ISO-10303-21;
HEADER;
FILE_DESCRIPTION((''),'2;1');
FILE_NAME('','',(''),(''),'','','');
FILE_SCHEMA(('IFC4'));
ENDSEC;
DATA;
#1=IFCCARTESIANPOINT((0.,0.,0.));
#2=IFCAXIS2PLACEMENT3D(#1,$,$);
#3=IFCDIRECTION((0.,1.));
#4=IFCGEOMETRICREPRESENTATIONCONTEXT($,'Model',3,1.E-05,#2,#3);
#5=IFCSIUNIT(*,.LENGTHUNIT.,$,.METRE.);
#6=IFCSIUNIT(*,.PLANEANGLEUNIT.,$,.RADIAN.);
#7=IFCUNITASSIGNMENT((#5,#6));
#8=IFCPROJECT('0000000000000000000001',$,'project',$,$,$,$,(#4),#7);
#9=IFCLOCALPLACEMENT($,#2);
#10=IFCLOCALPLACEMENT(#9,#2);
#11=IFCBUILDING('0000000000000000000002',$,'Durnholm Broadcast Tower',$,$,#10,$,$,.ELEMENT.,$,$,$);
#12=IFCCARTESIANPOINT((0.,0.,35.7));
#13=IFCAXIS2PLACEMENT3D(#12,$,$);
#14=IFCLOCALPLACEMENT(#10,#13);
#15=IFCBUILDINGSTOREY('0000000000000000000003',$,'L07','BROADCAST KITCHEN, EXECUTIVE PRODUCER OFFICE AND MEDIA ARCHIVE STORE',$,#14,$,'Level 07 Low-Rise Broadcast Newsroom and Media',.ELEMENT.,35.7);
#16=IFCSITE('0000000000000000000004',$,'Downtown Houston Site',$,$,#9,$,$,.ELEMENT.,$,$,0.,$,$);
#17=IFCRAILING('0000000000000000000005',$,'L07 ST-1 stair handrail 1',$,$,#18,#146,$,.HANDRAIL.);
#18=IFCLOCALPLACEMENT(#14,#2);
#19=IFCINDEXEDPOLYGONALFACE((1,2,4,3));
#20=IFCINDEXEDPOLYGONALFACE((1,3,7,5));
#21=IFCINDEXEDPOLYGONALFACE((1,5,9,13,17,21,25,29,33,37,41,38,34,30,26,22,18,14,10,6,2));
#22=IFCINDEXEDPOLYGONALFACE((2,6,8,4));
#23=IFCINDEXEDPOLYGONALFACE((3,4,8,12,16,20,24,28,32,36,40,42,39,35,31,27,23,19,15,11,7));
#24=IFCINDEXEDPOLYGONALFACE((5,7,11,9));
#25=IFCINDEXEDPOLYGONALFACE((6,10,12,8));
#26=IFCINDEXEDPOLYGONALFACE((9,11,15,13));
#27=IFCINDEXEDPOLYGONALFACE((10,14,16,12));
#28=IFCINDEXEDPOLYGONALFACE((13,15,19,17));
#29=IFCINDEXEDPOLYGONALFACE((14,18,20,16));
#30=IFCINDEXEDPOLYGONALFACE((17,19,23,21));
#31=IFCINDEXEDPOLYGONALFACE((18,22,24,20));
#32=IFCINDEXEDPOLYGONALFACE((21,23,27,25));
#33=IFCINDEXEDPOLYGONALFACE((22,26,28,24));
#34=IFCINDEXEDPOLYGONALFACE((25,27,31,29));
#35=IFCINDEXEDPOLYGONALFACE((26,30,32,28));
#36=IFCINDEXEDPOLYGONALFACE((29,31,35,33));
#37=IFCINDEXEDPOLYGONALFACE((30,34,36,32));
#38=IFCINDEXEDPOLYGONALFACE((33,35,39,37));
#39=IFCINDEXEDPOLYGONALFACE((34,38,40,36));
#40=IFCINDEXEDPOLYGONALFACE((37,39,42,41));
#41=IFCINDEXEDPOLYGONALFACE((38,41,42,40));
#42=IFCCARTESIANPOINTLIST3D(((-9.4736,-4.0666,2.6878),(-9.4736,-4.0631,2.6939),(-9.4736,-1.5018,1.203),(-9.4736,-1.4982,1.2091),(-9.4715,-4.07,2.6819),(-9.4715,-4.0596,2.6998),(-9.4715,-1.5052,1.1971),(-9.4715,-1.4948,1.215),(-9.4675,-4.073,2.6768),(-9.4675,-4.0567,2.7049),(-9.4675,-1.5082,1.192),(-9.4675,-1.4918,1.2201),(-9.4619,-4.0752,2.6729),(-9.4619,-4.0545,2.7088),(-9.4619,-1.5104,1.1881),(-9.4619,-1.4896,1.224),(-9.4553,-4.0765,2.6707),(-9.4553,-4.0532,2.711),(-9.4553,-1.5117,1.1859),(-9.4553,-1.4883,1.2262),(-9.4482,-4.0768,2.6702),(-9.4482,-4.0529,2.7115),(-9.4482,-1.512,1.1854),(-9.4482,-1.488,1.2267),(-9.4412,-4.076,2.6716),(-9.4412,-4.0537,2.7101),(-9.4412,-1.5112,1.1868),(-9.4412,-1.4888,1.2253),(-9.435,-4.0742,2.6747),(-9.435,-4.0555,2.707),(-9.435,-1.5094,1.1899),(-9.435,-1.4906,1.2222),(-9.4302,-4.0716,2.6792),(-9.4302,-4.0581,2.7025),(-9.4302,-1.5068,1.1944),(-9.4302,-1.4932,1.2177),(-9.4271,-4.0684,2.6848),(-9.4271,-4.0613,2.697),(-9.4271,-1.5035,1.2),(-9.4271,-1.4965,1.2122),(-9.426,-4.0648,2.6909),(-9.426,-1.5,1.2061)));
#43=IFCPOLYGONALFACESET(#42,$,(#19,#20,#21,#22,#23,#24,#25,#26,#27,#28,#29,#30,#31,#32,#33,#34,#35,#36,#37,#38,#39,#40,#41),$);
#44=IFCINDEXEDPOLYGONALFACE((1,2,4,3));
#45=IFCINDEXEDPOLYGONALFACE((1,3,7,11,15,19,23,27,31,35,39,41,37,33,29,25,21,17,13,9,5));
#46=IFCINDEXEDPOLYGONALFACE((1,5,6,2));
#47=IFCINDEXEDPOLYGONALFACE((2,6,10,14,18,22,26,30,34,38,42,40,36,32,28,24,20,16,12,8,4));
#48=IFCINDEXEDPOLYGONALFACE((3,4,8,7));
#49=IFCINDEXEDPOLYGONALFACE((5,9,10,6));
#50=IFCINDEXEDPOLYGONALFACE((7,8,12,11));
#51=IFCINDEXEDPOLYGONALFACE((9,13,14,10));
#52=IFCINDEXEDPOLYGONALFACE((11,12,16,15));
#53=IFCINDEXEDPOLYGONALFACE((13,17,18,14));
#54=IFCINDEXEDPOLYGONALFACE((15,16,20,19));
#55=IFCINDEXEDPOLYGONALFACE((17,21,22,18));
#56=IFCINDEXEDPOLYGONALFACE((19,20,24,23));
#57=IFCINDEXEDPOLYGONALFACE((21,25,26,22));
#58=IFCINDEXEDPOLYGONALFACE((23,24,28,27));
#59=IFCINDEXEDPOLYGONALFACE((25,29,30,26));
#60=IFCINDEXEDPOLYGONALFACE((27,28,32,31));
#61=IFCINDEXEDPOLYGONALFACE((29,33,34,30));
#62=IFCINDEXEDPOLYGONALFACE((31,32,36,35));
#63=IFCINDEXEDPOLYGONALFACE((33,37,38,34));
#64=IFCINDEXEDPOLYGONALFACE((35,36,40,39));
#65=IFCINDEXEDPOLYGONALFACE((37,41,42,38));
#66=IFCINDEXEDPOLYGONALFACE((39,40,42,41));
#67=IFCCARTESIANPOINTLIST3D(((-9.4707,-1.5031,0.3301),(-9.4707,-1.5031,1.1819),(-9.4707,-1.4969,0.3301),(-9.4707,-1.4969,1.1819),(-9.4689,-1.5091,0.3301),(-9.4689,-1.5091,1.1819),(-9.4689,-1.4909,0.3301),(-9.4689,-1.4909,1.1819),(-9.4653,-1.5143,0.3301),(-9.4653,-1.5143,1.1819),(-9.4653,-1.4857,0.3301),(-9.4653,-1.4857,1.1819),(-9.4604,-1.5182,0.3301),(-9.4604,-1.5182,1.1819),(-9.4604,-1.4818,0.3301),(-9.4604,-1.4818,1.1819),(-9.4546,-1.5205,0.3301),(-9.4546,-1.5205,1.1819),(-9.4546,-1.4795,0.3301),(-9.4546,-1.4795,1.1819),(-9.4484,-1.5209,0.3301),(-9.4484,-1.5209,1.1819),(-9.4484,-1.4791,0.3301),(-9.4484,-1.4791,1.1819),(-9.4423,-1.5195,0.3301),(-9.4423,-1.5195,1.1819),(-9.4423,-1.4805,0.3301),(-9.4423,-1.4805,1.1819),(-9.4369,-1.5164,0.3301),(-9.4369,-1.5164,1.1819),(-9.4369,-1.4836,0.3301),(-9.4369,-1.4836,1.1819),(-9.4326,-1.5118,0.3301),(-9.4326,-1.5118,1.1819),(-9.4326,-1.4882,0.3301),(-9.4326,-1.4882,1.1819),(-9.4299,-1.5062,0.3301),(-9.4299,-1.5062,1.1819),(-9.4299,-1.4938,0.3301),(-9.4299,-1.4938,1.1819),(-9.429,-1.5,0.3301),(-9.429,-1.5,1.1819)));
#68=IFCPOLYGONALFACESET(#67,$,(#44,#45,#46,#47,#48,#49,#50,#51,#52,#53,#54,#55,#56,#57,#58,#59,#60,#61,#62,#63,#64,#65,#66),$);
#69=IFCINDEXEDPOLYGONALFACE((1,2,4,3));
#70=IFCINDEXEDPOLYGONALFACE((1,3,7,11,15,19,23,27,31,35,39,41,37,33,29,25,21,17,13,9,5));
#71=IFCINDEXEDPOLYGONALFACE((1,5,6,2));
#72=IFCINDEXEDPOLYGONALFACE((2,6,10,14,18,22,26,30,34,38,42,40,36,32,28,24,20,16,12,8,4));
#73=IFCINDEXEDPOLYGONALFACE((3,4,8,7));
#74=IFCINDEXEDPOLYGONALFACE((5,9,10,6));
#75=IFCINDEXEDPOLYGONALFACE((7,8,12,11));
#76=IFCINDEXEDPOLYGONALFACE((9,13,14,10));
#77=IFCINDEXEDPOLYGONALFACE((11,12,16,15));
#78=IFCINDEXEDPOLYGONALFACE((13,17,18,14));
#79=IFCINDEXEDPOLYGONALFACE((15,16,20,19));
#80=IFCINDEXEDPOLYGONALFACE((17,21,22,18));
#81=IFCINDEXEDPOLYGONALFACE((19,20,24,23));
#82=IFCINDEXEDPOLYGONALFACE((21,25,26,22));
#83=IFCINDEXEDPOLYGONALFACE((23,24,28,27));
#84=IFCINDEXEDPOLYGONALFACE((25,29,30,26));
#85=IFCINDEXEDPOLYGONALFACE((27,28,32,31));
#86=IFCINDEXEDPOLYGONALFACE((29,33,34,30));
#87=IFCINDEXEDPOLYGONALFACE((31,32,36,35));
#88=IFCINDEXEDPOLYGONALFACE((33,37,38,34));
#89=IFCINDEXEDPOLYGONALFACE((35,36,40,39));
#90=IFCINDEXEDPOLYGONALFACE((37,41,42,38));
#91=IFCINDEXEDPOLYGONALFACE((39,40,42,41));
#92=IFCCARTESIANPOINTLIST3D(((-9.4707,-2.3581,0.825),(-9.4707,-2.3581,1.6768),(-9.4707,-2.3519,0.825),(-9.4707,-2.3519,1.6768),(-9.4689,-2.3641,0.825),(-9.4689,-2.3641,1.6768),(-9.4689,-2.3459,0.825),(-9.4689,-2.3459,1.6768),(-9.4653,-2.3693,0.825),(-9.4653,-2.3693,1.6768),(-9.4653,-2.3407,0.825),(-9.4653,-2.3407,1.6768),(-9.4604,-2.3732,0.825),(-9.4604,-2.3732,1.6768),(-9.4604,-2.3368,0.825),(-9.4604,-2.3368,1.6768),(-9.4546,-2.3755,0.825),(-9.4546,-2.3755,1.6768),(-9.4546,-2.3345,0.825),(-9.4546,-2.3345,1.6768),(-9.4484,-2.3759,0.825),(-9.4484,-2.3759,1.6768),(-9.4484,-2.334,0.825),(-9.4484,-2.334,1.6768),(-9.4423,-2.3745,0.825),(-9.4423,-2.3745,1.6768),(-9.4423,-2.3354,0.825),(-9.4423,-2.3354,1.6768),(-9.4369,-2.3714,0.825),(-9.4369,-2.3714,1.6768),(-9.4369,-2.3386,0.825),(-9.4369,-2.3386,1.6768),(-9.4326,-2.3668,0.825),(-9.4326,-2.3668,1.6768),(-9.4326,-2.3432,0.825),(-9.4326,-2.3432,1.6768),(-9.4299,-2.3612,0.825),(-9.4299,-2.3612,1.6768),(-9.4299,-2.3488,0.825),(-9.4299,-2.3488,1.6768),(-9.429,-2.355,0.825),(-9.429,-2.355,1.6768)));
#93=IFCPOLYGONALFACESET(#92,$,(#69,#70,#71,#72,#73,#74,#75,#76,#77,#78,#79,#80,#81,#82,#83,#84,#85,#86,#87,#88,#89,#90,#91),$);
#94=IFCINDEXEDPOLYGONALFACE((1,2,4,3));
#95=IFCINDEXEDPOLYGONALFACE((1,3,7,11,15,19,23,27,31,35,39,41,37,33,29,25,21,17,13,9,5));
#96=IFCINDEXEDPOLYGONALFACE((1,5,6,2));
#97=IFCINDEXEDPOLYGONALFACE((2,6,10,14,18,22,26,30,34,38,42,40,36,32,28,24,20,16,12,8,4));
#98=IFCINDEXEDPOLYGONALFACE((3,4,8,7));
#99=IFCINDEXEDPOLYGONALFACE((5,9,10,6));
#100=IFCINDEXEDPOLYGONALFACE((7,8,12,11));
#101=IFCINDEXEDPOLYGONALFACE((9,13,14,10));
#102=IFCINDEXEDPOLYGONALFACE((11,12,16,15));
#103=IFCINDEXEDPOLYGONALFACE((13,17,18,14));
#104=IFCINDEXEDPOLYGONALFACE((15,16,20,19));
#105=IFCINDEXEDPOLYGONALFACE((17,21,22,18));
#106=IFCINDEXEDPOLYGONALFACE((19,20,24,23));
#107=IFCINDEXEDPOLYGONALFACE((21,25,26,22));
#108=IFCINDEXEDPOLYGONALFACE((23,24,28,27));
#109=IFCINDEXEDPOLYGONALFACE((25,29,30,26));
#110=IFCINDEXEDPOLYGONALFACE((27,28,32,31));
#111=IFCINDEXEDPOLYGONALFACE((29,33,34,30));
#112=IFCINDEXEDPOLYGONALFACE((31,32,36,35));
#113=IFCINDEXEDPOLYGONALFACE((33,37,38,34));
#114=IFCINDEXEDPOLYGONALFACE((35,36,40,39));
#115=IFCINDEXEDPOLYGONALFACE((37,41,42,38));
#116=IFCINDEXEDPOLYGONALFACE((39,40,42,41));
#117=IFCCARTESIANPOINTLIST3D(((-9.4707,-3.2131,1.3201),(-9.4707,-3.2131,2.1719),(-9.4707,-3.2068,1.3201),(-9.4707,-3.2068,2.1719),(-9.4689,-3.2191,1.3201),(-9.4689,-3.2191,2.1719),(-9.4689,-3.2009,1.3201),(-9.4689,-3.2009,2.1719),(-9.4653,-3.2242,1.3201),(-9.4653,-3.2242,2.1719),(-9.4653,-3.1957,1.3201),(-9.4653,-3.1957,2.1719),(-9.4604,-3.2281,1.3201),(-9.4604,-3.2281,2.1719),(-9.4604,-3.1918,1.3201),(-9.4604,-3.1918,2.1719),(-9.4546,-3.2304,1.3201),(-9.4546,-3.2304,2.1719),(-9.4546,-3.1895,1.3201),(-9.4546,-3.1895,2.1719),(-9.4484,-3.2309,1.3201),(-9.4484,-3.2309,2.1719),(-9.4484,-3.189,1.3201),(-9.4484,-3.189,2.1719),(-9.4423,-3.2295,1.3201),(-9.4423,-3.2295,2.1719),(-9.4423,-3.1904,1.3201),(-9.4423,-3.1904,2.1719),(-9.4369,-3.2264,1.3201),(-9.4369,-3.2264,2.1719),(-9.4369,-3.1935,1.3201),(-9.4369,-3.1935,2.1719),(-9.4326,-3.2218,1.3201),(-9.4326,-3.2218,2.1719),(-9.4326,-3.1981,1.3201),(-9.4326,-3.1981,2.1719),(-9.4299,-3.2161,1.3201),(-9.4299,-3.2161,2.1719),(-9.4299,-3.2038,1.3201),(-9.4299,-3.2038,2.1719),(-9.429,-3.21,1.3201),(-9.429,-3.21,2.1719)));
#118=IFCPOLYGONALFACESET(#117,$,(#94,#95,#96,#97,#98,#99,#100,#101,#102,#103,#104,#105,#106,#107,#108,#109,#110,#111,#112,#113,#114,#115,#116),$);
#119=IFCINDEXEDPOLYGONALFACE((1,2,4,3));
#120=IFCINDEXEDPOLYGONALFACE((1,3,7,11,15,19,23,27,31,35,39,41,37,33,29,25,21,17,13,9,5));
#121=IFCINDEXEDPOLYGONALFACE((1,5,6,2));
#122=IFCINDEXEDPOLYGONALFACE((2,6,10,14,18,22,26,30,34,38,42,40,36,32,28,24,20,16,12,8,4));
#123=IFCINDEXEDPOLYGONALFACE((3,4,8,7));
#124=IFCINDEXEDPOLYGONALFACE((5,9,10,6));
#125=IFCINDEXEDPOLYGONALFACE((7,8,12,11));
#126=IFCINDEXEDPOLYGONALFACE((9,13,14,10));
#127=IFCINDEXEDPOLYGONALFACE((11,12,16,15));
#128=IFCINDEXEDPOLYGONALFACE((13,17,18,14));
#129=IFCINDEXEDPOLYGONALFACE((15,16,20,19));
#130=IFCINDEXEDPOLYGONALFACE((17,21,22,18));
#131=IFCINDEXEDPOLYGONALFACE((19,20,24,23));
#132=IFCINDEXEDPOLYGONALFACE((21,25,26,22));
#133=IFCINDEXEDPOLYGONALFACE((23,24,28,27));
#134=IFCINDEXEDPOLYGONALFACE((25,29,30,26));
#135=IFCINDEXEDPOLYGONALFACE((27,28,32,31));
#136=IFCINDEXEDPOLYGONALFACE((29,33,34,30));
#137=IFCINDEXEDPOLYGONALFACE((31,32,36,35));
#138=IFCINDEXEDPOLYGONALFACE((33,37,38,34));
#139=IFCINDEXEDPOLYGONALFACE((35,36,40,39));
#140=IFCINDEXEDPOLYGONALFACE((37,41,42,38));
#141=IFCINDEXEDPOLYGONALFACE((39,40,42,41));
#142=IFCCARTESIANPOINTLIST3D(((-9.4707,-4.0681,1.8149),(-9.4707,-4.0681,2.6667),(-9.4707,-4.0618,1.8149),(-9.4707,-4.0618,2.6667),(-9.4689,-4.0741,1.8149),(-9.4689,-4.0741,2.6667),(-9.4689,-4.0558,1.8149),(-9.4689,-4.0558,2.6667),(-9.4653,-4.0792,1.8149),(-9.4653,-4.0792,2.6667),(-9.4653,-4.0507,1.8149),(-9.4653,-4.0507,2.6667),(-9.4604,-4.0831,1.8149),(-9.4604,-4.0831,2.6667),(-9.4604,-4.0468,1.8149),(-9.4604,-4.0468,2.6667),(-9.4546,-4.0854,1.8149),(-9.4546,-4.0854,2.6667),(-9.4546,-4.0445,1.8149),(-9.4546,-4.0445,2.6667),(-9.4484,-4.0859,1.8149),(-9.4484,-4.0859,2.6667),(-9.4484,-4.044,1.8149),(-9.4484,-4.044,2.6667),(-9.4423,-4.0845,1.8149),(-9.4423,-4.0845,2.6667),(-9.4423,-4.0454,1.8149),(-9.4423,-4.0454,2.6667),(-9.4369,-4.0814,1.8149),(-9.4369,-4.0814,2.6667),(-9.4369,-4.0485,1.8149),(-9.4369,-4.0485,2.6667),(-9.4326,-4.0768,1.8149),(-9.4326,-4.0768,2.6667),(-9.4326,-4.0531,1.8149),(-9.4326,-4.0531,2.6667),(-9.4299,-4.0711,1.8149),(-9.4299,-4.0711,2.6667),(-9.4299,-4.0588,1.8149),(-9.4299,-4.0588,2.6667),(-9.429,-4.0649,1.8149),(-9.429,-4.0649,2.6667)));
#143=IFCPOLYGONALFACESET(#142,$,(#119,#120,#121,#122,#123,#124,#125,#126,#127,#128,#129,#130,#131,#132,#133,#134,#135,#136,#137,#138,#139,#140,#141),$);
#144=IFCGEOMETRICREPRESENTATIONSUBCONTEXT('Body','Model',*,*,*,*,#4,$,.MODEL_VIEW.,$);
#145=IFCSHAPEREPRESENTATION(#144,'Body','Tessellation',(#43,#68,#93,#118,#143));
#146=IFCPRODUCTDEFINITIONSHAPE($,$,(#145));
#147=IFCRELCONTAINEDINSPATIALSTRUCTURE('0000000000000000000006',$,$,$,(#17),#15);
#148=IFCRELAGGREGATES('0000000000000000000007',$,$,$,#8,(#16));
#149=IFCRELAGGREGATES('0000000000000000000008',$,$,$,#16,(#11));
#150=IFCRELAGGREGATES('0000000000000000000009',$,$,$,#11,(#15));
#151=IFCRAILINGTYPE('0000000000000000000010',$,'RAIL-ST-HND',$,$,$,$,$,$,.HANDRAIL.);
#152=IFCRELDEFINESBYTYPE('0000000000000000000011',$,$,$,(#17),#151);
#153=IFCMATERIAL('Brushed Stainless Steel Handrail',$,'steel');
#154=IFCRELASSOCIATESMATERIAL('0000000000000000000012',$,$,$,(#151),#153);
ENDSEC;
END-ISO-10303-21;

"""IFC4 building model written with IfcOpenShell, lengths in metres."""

from ifc_helpers import new_model, si_unit, direction, frame, origin, origin_2d, place, context, subcontext, project, spatial, circle, extrude, material, type_object, element, save


model = new_model("IFC4")

# Units and contexts
model_context = context("Model", 3, precision=1e-05, world=origin(), true_north=direction((0.0, 1.0)))
body_context = subcontext(model_context, "Body", "Model", "MODEL_VIEW")
ifc_project = project(units=[si_unit("LENGTHUNIT", "METRE"), si_unit("PLANEANGLEUNIT", "RADIAN")], contexts=[model_context])

# Site, building, storey
site_placement = place(None, origin())
site = spatial("IfcSite", under=ifc_project, at=site_placement, Name="Downtown Houston Site", CompositionType="ELEMENT", RefElevation=0.0)
building_placement = place(site_placement, origin())
building = spatial("IfcBuilding", under=site, at=building_placement, Name="Durnholm Broadcast Tower", CompositionType="ELEMENT")
storey_placement = place(building_placement, frame((0.0, 0.0, 35.7)))
storey = spatial("IfcBuildingStorey", under=building, at=storey_placement, Name="L07", Description="BROADCAST KITCHEN, EXECUTIVE PRODUCER OFFICE AND MEDIA ARCHIVE STORE", LongName="Level 07 Low-Rise Broadcast Newsroom and Media", CompositionType="ELEMENT", Elevation=35.7)

# Railing
ifc_material_1 = material(Name="Brushed Stainless Steel Handrail", Category="steel")
railing_type_1 = type_object("IfcRailingType", Name="RAIL-ST-HND", PredefinedType="HANDRAIL", material=ifc_material_1)
railing_1_placement = place(storey_placement, frame((-9.45, -1.5, 0.3301)))
element("IfcRailing", 1, at=railing_1_placement, inside=storey, type_object=railing_type_1, Name="L07 ST-1 stair handrail 1", PredefinedType="HANDRAIL", context=body_context, shape_type="SweptSolid", body=[
    extrude(circle(Radius=0.0239, at=origin_2d()), frame((0.0, 0.0, 0.876), z_axis=(0.0, -0.865441, 0.50101), x_axis=(1.0, 0.0, 0.0)), (0.0, 0.0, 1.0), 2.9636),
    extrude(circle(Radius=0.021, at=origin_2d()), origin(), (0.0, 0.0, 1.0), 0.8518),
    extrude(circle(Radius=0.021, at=origin_2d()), frame((0.0, -0.855, 0.4949)), (0.0, 0.0, 1.0), 0.8518),
    extrude(circle(Radius=0.021, at=origin_2d()), frame((0.0, -1.71, 0.99)), (0.0, 0.0, 1.0), 0.8518),
    extrude(circle(Radius=0.021, at=origin_2d()), frame((0.0, -2.5649, 1.4849)), (0.0, 0.0, 1.0), 0.8518),
])

save(model, "model.ifc")
